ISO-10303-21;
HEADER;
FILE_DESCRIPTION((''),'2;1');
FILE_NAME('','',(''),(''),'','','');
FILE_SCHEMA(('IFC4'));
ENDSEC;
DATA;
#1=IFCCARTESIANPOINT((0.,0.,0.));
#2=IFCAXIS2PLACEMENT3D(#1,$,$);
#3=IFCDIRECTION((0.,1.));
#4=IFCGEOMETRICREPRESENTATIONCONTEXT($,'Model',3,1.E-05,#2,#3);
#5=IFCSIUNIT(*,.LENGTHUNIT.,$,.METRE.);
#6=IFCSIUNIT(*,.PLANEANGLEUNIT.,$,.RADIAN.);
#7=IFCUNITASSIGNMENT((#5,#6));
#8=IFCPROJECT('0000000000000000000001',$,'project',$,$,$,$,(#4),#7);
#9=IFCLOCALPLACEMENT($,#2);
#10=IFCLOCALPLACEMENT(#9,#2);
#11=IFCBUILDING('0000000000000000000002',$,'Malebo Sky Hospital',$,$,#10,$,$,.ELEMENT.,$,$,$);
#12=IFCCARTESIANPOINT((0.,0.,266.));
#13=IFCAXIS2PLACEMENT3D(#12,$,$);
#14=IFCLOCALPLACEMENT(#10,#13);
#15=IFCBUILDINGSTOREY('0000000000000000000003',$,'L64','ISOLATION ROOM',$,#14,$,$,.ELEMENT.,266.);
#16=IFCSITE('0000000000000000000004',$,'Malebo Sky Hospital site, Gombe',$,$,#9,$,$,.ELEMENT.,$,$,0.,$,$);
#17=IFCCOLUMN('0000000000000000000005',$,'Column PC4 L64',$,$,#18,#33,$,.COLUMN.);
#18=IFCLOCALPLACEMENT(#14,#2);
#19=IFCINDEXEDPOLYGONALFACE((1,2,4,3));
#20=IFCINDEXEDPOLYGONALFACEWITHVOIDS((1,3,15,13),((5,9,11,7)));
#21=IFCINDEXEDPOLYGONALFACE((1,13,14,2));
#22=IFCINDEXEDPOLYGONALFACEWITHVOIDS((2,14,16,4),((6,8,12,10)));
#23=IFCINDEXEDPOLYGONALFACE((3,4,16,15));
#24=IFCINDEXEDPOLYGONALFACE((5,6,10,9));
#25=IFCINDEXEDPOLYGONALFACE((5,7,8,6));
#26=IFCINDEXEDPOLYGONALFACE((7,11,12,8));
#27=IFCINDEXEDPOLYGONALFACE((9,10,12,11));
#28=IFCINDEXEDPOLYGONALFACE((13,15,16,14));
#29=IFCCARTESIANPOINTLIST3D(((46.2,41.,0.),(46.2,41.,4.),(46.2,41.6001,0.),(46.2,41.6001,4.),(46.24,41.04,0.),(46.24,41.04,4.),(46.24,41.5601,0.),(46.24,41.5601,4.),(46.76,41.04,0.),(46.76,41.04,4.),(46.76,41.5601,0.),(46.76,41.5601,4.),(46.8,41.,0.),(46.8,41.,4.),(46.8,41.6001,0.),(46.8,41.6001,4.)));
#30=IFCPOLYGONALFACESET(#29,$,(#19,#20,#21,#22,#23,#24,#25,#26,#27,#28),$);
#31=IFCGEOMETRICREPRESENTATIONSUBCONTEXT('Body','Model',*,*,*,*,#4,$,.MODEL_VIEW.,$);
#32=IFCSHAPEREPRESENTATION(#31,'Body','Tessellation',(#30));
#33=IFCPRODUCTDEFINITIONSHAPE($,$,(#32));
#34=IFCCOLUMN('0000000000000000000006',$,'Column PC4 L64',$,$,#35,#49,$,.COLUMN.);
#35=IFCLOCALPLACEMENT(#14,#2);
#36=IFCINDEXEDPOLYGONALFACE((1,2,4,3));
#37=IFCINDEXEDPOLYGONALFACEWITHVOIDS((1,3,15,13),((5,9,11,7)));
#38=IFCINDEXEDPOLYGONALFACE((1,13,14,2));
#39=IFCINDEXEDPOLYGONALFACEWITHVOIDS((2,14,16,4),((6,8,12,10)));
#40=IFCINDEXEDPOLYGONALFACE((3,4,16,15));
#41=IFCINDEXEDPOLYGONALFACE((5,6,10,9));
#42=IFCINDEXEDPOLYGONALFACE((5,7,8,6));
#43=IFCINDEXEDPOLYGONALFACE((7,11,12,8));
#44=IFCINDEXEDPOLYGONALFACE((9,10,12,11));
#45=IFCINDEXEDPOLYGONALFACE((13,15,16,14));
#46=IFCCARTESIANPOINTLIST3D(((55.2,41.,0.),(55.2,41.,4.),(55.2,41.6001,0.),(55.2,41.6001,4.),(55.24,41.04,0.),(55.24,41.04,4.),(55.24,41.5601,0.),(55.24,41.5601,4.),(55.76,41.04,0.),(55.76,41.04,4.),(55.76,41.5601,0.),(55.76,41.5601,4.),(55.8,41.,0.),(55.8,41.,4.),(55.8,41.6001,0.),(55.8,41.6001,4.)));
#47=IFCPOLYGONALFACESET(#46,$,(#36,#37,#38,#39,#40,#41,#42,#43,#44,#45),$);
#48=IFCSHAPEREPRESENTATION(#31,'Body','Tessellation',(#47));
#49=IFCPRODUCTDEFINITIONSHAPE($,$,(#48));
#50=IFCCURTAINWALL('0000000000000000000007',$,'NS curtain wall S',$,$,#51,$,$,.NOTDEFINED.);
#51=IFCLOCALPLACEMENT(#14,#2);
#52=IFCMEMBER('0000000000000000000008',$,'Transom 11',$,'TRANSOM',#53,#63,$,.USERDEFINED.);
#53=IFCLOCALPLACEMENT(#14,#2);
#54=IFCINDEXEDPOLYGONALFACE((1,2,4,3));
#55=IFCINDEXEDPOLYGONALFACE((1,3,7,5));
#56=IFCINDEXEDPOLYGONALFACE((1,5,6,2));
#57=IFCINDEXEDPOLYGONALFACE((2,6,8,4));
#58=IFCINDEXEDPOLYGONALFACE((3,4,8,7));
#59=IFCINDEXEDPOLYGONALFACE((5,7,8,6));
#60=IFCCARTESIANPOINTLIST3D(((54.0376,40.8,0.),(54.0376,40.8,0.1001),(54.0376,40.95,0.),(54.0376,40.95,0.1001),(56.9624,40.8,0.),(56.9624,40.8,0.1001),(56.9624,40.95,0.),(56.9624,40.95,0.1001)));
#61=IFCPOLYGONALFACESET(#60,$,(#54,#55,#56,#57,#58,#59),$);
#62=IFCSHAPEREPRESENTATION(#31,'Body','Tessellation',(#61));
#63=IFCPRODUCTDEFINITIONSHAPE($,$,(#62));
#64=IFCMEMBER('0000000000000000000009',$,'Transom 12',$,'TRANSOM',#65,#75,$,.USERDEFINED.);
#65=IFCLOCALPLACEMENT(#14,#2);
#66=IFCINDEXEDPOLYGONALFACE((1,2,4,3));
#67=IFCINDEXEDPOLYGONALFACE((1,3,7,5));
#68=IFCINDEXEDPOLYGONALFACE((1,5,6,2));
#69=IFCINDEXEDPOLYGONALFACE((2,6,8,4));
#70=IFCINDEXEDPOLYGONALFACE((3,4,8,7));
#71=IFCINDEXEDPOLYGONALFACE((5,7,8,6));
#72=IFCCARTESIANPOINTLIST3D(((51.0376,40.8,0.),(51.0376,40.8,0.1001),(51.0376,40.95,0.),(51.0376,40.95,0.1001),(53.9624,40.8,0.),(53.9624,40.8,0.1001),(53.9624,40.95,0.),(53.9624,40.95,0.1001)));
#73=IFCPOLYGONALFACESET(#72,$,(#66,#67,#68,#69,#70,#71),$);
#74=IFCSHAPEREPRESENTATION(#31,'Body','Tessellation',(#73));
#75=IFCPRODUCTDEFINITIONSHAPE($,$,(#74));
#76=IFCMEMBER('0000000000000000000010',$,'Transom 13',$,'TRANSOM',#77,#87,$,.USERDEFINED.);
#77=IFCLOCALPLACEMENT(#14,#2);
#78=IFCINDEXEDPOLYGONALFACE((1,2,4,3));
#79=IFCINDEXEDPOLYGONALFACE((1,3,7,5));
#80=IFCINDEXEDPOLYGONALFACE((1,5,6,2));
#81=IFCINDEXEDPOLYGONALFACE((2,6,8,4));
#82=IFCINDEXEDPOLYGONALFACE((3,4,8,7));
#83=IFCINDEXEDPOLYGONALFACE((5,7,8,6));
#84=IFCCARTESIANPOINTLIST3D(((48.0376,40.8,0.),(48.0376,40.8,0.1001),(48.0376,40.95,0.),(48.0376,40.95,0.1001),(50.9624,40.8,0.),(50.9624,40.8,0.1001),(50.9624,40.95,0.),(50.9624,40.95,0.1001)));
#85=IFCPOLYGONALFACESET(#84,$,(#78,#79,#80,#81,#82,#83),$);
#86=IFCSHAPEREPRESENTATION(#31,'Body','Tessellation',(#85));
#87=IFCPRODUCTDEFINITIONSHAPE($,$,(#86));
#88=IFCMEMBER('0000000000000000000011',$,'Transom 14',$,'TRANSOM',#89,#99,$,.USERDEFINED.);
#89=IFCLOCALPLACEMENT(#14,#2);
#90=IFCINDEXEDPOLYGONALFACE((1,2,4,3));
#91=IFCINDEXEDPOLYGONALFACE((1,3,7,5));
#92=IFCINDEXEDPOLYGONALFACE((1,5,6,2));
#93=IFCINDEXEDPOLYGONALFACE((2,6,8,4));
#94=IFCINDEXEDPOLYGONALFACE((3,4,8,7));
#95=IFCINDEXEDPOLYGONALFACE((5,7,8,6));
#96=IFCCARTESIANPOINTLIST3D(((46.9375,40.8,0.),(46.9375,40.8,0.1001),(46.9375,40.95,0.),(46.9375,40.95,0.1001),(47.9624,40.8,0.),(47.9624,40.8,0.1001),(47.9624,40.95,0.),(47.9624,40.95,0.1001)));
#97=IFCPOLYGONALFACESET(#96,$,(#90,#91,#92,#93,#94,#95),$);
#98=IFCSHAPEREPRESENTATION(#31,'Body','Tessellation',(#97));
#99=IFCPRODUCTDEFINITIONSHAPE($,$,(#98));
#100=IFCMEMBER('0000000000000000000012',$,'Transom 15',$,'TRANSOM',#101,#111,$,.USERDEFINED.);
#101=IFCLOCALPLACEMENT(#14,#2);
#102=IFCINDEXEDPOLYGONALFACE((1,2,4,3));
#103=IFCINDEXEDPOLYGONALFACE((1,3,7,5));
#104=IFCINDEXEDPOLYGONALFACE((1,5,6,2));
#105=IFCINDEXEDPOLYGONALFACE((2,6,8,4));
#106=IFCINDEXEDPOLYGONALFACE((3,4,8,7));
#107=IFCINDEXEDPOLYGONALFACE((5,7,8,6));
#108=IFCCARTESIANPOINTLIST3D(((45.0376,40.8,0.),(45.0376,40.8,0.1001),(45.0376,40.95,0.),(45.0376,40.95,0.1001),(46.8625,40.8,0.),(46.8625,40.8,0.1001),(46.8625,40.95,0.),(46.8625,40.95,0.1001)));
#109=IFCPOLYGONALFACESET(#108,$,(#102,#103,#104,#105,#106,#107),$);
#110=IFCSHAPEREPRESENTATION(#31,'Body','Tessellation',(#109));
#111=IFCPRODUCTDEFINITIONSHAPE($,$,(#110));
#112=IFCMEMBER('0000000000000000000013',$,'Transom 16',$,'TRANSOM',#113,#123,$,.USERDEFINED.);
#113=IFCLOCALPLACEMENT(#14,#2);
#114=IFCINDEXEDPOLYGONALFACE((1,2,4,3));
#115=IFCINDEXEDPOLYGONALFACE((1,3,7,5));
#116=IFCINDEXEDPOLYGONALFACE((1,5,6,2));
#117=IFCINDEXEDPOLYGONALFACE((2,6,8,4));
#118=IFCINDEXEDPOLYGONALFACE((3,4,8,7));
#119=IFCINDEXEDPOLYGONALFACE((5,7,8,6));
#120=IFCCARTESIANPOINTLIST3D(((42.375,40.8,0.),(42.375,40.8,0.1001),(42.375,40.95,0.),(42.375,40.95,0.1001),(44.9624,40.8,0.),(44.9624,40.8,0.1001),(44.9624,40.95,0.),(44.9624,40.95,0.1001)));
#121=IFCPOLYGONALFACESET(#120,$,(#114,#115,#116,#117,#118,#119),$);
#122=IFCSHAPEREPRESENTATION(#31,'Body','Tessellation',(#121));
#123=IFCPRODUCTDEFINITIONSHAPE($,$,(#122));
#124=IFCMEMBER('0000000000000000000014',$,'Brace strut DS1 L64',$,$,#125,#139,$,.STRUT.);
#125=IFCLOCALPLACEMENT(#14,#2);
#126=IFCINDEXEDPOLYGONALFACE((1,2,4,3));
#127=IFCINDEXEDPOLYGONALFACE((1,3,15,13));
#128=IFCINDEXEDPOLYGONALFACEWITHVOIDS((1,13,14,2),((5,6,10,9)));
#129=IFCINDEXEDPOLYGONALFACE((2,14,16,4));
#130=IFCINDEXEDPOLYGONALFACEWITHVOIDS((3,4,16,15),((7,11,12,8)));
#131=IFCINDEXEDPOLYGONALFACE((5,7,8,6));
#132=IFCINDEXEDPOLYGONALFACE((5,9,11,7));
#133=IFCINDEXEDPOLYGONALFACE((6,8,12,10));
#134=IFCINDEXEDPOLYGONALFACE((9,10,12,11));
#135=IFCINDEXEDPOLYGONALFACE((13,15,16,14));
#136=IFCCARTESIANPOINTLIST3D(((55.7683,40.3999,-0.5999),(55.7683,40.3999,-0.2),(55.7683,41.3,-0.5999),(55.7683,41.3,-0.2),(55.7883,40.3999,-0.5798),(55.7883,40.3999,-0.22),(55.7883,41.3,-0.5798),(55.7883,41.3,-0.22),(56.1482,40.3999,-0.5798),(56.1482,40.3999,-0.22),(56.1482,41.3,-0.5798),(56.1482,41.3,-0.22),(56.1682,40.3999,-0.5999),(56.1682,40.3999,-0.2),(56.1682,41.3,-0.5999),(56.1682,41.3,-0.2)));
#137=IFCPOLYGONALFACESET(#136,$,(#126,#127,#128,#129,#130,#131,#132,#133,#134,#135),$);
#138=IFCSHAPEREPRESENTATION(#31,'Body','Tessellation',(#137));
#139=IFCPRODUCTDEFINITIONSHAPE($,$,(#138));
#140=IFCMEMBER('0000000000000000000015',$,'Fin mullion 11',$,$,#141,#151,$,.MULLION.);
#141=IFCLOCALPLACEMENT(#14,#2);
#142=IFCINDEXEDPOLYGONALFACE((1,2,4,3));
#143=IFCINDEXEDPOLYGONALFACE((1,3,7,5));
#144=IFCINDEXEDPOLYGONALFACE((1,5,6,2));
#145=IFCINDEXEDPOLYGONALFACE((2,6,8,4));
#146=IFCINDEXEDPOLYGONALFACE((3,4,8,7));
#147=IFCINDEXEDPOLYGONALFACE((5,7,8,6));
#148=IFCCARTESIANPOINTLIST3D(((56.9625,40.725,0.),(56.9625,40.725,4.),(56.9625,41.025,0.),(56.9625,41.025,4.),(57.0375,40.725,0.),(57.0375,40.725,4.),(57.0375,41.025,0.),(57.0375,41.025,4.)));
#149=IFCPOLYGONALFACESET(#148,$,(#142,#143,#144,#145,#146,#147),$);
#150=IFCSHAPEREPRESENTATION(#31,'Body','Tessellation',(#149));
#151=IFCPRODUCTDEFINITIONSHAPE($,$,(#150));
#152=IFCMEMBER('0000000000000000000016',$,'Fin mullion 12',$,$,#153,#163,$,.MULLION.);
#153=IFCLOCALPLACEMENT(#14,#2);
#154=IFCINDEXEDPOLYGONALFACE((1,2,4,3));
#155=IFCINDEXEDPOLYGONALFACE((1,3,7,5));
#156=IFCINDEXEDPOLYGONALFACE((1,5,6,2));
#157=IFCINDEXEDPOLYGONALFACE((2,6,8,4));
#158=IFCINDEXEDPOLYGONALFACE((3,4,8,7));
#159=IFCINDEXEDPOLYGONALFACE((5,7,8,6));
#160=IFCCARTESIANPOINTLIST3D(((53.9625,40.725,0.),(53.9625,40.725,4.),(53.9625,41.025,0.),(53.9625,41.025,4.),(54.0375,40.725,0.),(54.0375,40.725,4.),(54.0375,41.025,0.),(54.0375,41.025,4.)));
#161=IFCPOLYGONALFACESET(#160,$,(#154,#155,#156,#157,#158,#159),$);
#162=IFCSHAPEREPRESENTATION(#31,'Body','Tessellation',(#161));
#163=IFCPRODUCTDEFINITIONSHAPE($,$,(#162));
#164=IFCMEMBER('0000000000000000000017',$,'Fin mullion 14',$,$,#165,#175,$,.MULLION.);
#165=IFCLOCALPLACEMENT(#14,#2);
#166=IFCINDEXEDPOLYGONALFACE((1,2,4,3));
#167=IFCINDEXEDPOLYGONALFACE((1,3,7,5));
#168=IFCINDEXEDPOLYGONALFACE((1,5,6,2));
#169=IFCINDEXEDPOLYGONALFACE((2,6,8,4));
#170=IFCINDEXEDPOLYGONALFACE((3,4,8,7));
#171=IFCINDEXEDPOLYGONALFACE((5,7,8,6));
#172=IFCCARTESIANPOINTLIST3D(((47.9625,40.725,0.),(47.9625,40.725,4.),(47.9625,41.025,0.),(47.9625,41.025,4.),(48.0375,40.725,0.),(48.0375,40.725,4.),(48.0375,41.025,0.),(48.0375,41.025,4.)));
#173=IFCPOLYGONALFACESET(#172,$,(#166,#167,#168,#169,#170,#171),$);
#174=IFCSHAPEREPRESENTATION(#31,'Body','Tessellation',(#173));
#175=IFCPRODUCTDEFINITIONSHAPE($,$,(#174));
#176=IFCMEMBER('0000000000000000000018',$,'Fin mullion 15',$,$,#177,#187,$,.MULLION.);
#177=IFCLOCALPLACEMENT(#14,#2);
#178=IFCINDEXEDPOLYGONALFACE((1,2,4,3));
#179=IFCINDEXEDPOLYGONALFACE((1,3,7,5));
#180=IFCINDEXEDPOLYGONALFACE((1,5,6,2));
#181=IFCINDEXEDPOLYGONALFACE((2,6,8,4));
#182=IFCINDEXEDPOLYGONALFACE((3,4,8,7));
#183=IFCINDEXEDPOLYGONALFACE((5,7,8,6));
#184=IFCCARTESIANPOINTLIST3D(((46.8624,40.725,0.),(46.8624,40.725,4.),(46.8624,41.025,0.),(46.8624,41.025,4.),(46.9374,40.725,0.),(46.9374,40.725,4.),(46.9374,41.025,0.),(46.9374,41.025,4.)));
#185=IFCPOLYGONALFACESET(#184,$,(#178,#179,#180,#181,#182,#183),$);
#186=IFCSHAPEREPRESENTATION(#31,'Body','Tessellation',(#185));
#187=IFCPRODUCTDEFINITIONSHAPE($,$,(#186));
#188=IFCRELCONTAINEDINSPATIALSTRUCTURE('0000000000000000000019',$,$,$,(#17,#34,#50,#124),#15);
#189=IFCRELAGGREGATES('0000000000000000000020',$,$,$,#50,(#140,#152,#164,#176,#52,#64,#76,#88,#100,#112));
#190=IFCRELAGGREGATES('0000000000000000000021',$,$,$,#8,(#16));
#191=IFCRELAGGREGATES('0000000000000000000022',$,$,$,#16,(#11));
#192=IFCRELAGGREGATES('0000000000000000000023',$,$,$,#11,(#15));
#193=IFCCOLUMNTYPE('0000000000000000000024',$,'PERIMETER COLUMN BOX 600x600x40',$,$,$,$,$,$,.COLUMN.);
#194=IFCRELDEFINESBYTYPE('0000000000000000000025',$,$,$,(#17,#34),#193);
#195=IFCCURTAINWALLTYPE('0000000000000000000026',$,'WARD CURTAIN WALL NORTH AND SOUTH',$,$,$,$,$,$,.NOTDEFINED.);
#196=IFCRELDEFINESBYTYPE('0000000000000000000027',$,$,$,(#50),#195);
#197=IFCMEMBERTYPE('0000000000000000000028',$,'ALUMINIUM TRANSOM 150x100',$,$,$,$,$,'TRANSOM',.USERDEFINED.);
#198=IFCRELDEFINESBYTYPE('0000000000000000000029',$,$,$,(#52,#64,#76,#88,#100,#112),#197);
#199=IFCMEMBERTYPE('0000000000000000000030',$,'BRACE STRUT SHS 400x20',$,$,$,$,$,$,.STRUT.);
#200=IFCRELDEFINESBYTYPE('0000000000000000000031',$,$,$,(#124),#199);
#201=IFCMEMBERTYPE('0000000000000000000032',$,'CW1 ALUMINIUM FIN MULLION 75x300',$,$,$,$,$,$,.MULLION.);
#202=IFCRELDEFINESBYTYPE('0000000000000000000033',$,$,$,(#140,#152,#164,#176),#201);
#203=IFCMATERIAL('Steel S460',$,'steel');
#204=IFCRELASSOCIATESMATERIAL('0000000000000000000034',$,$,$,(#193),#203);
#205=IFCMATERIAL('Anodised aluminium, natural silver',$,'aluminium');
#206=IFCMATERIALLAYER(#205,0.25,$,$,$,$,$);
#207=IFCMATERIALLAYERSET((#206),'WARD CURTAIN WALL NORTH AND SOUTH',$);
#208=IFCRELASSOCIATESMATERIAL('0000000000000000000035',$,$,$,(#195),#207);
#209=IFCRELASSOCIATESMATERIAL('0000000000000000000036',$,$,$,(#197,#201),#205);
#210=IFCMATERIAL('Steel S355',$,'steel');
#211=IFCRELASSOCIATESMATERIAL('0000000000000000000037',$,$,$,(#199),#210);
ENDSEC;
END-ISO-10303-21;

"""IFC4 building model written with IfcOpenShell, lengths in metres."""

from ifc_helpers import new_model, si_unit, direction, frame, origin, origin_2d, place, context, subcontext, project, spatial, rectangle, hollow_rectangle, extrude, material, layer, layer_set, material_profile, profile_set, type_object, element, aggregate, save


model = new_model("IFC4")

# Units and contexts
model_context = context("Model", 3, precision=1e-05, world=origin(), true_north=direction((0.0, 1.0)))
body_context = subcontext(model_context, "Body", "Model", "MODEL_VIEW")
ifc_project = project(units=[si_unit("LENGTHUNIT", "METRE"), si_unit("PLANEANGLEUNIT", "RADIAN")], contexts=[model_context])

# Site, building, storey
site_placement = place(None, origin())
site = spatial("IfcSite", under=ifc_project, at=site_placement, Name="Malebo Sky Hospital site, Gombe", CompositionType="ELEMENT", RefElevation=0.0)
building_placement = place(site_placement, origin())
building = spatial("IfcBuilding", under=site, at=building_placement, Name="Malebo Sky Hospital", CompositionType="ELEMENT")
storey_placement = place(building_placement, frame((0.0, 0.0, 266.0)))
storey = spatial("IfcBuildingStorey", under=building, at=storey_placement, Name="L64", Description="ISOLATION ROOM", CompositionType="ELEMENT", Elevation=266.0)

# Columns
ifc_material_1 = material(Name="Steel S460", Category="steel")
ifc_material_profile_1 = material_profile(ifc_material_1, hollow_rectangle(XDim=0.6001, YDim=0.6001, WallThickness=0.04, at=origin_2d()), Name="BOX 600x600x40")
ifc_profile_set_1 = profile_set([ifc_material_profile_1], Name="Steel S460")
column_type = type_object("IfcColumnType", Name="PERIMETER COLUMN BOX 600x600x40", PredefinedType="COLUMN", material=ifc_profile_set_1)
for number, where, z_axis, x_axis, name in (
    (1, (46.5, 41.3, 0.0), (0.0, 0.0, 1.0), (1.0, 0.0, 0.0), "Column PC4 L64"),
    (2, (55.5, 41.3, 0.0), (0.0, 0.0, 1.0), (1.0, 0.0, 0.0), "Column PC4 L64"),
):
    element("IfcColumn", number, at=place(storey_placement, frame(where, z_axis=z_axis, x_axis=x_axis)), inside=storey, type_object=column_type, Name=name, PredefinedType="COLUMN", context=body_context, shape_type="SweptSolid", body=[
        extrude(hollow_rectangle(XDim=0.6001, YDim=0.6001, WallThickness=0.04, at=origin_2d()), origin(), (0.0, 0.0, 1.0), 4.0),
    ])

# Curtain wall, members
ifc_material_2 = material(Name="Anodised aluminium, natural silver", Category="aluminium")
ifc_layer_1 = layer(ifc_material_2, 0.25)
ifc_layer_set_1 = layer_set([ifc_layer_1], Name="WARD CURTAIN WALL NORTH AND SOUTH")
curtain_wall_type = type_object("IfcCurtainWallType", Name="WARD CURTAIN WALL NORTH AND SOUTH", PredefinedType="NOTDEFINED", material=ifc_layer_set_1)
curtain_wall_placement = place(storey_placement, origin())
curtain_wall = element("IfcCurtainWall", 3, at=curtain_wall_placement, inside=storey, type_object=curtain_wall_type, Name="NS curtain wall S", PredefinedType="NOTDEFINED")
ifc_material_profile_2 = material_profile(ifc_material_2, rectangle(XDim=0.1499, YDim=0.1001, at=origin_2d()), Name="ALUMINIUM TRANSOM 150x100")
ifc_profile_set_2 = profile_set([ifc_material_profile_2], Name="Anodised aluminium, natural silver")
member_type_1 = type_object("IfcMemberType", Name="ALUMINIUM TRANSOM 150x100", ElementType="TRANSOM", PredefinedType="USERDEFINED", material=ifc_profile_set_2)
member_1_placement = place(storey_placement, frame((56.9624, 40.875, 0.05), z_axis=(-1.0, 0.0, 0.0), x_axis=(0.0, -1.0, 0.0)))
member_1 = element("IfcMember", 4, at=member_1_placement, type_object=member_type_1, Name="Transom 11", ObjectType="TRANSOM", PredefinedType="USERDEFINED", context=body_context, shape_type="SweptSolid", body=[
    extrude(rectangle(XDim=0.1499, YDim=0.1001, at=origin_2d()), origin(), (0.0, 0.0, 1.0), 2.9248),
])
member_2_placement = place(storey_placement, frame((53.9624, 40.875, 0.05), z_axis=(-1.0, 0.0, 0.0), x_axis=(0.0, -1.0, 0.0)))
member_2 = element("IfcMember", 5, at=member_2_placement, type_object=member_type_1, Name="Transom 12", ObjectType="TRANSOM", PredefinedType="USERDEFINED", context=body_context, shape_type="SweptSolid", body=[
    extrude(rectangle(XDim=0.1499, YDim=0.1001, at=origin_2d()), origin(), (0.0, 0.0, 1.0), 2.9248),
])
member_3_placement = place(storey_placement, frame((50.9624, 40.875, 0.05), z_axis=(-1.0, 0.0, 0.0), x_axis=(0.0, -1.0, 0.0)))
member_3 = element("IfcMember", 6, at=member_3_placement, type_object=member_type_1, Name="Transom 13", ObjectType="TRANSOM", PredefinedType="USERDEFINED", context=body_context, shape_type="SweptSolid", body=[
    extrude(rectangle(XDim=0.1499, YDim=0.1001, at=origin_2d()), origin(), (0.0, 0.0, 1.0), 2.9248),
])
member_4_placement = place(storey_placement, frame((47.9624, 40.875, 0.05), z_axis=(-1.0, 0.0, 0.0), x_axis=(0.0, -1.0, 0.0)))
member_4 = element("IfcMember", 7, at=member_4_placement, type_object=member_type_1, Name="Transom 14", ObjectType="TRANSOM", PredefinedType="USERDEFINED", context=body_context, shape_type="SweptSolid", body=[
    extrude(rectangle(XDim=0.1499, YDim=0.1001, at=origin_2d()), origin(), (0.0, 0.0, 1.0), 1.0249),
])
member_5_placement = place(storey_placement, frame((46.8625, 40.875, 0.05), z_axis=(-1.0, 0.0, 0.0), x_axis=(0.0, -1.0, 0.0)))
member_5 = element("IfcMember", 8, at=member_5_placement, type_object=member_type_1, Name="Transom 15", ObjectType="TRANSOM", PredefinedType="USERDEFINED", context=body_context, shape_type="SweptSolid", body=[
    extrude(rectangle(XDim=0.1499, YDim=0.1001, at=origin_2d()), origin(), (0.0, 0.0, 1.0), 1.825),
])
member_6_placement = place(storey_placement, frame((44.9624, 40.875, 0.05), z_axis=(-1.0, 0.0, 0.0), x_axis=(0.0, -1.0, 0.0)))
member_6 = element("IfcMember", 9, at=member_6_placement, type_object=member_type_1, Name="Transom 16", ObjectType="TRANSOM", PredefinedType="USERDEFINED", context=body_context, shape_type="SweptSolid", body=[
    extrude(rectangle(XDim=0.1499, YDim=0.1001, at=origin_2d()), origin(), (0.0, 0.0, 1.0), 2.5874),
])

# Members
ifc_material_3 = material(Name="Steel S355", Category="steel")
ifc_material_profile_3 = material_profile(ifc_material_3, hollow_rectangle(XDim=0.3999, YDim=0.3999, WallThickness=0.02, at=origin_2d()), Name="SHS 400x20")
ifc_profile_set_3 = profile_set([ifc_material_profile_3], Name="Steel S355")
member_type_2 = type_object("IfcMemberType", Name="BRACE STRUT SHS 400x20", PredefinedType="STRUT", material=ifc_profile_set_3)
member_7_placement = place(storey_placement, frame((55.9683, 40.3999, -0.3999), z_axis=(0.0, 1.0, 0.0), x_axis=(-1.0, 0.0, 0.0)))
element("IfcMember", 10, at=member_7_placement, inside=storey, type_object=member_type_2, Name="Brace strut DS1 L64", PredefinedType="STRUT", context=body_context, shape_type="SweptSolid", body=[
    extrude(hollow_rectangle(XDim=0.3999, YDim=0.3999, WallThickness=0.02, at=origin_2d()), origin(), (0.0, 0.0, 1.0), 0.9001),
])
ifc_material_profile_4 = material_profile(ifc_material_2, rectangle(XDim=0.075, YDim=0.3, at=origin_2d()), Name="CW1 ALUMINIUM FIN MULLION 75x300")
ifc_profile_set_4 = profile_set([ifc_material_profile_4], Name="Anodised aluminium, natural silver")
member_type_3 = type_object("IfcMemberType", Name="CW1 ALUMINIUM FIN MULLION 75x300", PredefinedType="MULLION", material=ifc_profile_set_4)
member_8_placement = place(storey_placement, frame((57.0, 40.875, 0.0), z_axis=(0.0, 0.0, 1.0), x_axis=(-1.0, 0.0, 0.0)))
member_8 = element("IfcMember", 11, at=member_8_placement, type_object=member_type_3, Name="Fin mullion 11", PredefinedType="MULLION", context=body_context, shape_type="SweptSolid", body=[
    extrude(rectangle(XDim=0.075, YDim=0.3, at=origin_2d()), origin(), (0.0, 0.0, 1.0), 4.0),
])
member_9_placement = place(storey_placement, frame((54.0, 40.875, 0.0), z_axis=(0.0, 0.0, 1.0), x_axis=(-1.0, 0.0, 0.0)))
member_9 = element("IfcMember", 12, at=member_9_placement, type_object=member_type_3, Name="Fin mullion 12", PredefinedType="MULLION", context=body_context, shape_type="SweptSolid", body=[
    extrude(rectangle(XDim=0.075, YDim=0.3, at=origin_2d()), origin(), (0.0, 0.0, 1.0), 4.0),
])
member_10_placement = place(storey_placement, frame((48.0, 40.875, 0.0), z_axis=(0.0, 0.0, 1.0), x_axis=(-1.0, 0.0, 0.0)))
member_10 = element("IfcMember", 13, at=member_10_placement, type_object=member_type_3, Name="Fin mullion 14", PredefinedType="MULLION", context=body_context, shape_type="SweptSolid", body=[
    extrude(rectangle(XDim=0.075, YDim=0.3, at=origin_2d()), origin(), (0.0, 0.0, 1.0), 4.0),
])
member_11_placement = place(storey_placement, frame((46.8999, 40.875, 0.0), z_axis=(0.0, 0.0, 1.0), x_axis=(-1.0, 0.0, 0.0)))
member_11 = element("IfcMember", 14, at=member_11_placement, type_object=member_type_3, Name="Fin mullion 15", PredefinedType="MULLION", context=body_context, shape_type="SweptSolid", body=[
    extrude(rectangle(XDim=0.075, YDim=0.3, at=origin_2d()), origin(), (0.0, 0.0, 1.0), 4.0),
])

aggregate(curtain_wall, [member_8, member_9, member_10, member_11, member_1, member_2, member_3, member_4, member_5, member_6])

save(model, "model.ifc")
